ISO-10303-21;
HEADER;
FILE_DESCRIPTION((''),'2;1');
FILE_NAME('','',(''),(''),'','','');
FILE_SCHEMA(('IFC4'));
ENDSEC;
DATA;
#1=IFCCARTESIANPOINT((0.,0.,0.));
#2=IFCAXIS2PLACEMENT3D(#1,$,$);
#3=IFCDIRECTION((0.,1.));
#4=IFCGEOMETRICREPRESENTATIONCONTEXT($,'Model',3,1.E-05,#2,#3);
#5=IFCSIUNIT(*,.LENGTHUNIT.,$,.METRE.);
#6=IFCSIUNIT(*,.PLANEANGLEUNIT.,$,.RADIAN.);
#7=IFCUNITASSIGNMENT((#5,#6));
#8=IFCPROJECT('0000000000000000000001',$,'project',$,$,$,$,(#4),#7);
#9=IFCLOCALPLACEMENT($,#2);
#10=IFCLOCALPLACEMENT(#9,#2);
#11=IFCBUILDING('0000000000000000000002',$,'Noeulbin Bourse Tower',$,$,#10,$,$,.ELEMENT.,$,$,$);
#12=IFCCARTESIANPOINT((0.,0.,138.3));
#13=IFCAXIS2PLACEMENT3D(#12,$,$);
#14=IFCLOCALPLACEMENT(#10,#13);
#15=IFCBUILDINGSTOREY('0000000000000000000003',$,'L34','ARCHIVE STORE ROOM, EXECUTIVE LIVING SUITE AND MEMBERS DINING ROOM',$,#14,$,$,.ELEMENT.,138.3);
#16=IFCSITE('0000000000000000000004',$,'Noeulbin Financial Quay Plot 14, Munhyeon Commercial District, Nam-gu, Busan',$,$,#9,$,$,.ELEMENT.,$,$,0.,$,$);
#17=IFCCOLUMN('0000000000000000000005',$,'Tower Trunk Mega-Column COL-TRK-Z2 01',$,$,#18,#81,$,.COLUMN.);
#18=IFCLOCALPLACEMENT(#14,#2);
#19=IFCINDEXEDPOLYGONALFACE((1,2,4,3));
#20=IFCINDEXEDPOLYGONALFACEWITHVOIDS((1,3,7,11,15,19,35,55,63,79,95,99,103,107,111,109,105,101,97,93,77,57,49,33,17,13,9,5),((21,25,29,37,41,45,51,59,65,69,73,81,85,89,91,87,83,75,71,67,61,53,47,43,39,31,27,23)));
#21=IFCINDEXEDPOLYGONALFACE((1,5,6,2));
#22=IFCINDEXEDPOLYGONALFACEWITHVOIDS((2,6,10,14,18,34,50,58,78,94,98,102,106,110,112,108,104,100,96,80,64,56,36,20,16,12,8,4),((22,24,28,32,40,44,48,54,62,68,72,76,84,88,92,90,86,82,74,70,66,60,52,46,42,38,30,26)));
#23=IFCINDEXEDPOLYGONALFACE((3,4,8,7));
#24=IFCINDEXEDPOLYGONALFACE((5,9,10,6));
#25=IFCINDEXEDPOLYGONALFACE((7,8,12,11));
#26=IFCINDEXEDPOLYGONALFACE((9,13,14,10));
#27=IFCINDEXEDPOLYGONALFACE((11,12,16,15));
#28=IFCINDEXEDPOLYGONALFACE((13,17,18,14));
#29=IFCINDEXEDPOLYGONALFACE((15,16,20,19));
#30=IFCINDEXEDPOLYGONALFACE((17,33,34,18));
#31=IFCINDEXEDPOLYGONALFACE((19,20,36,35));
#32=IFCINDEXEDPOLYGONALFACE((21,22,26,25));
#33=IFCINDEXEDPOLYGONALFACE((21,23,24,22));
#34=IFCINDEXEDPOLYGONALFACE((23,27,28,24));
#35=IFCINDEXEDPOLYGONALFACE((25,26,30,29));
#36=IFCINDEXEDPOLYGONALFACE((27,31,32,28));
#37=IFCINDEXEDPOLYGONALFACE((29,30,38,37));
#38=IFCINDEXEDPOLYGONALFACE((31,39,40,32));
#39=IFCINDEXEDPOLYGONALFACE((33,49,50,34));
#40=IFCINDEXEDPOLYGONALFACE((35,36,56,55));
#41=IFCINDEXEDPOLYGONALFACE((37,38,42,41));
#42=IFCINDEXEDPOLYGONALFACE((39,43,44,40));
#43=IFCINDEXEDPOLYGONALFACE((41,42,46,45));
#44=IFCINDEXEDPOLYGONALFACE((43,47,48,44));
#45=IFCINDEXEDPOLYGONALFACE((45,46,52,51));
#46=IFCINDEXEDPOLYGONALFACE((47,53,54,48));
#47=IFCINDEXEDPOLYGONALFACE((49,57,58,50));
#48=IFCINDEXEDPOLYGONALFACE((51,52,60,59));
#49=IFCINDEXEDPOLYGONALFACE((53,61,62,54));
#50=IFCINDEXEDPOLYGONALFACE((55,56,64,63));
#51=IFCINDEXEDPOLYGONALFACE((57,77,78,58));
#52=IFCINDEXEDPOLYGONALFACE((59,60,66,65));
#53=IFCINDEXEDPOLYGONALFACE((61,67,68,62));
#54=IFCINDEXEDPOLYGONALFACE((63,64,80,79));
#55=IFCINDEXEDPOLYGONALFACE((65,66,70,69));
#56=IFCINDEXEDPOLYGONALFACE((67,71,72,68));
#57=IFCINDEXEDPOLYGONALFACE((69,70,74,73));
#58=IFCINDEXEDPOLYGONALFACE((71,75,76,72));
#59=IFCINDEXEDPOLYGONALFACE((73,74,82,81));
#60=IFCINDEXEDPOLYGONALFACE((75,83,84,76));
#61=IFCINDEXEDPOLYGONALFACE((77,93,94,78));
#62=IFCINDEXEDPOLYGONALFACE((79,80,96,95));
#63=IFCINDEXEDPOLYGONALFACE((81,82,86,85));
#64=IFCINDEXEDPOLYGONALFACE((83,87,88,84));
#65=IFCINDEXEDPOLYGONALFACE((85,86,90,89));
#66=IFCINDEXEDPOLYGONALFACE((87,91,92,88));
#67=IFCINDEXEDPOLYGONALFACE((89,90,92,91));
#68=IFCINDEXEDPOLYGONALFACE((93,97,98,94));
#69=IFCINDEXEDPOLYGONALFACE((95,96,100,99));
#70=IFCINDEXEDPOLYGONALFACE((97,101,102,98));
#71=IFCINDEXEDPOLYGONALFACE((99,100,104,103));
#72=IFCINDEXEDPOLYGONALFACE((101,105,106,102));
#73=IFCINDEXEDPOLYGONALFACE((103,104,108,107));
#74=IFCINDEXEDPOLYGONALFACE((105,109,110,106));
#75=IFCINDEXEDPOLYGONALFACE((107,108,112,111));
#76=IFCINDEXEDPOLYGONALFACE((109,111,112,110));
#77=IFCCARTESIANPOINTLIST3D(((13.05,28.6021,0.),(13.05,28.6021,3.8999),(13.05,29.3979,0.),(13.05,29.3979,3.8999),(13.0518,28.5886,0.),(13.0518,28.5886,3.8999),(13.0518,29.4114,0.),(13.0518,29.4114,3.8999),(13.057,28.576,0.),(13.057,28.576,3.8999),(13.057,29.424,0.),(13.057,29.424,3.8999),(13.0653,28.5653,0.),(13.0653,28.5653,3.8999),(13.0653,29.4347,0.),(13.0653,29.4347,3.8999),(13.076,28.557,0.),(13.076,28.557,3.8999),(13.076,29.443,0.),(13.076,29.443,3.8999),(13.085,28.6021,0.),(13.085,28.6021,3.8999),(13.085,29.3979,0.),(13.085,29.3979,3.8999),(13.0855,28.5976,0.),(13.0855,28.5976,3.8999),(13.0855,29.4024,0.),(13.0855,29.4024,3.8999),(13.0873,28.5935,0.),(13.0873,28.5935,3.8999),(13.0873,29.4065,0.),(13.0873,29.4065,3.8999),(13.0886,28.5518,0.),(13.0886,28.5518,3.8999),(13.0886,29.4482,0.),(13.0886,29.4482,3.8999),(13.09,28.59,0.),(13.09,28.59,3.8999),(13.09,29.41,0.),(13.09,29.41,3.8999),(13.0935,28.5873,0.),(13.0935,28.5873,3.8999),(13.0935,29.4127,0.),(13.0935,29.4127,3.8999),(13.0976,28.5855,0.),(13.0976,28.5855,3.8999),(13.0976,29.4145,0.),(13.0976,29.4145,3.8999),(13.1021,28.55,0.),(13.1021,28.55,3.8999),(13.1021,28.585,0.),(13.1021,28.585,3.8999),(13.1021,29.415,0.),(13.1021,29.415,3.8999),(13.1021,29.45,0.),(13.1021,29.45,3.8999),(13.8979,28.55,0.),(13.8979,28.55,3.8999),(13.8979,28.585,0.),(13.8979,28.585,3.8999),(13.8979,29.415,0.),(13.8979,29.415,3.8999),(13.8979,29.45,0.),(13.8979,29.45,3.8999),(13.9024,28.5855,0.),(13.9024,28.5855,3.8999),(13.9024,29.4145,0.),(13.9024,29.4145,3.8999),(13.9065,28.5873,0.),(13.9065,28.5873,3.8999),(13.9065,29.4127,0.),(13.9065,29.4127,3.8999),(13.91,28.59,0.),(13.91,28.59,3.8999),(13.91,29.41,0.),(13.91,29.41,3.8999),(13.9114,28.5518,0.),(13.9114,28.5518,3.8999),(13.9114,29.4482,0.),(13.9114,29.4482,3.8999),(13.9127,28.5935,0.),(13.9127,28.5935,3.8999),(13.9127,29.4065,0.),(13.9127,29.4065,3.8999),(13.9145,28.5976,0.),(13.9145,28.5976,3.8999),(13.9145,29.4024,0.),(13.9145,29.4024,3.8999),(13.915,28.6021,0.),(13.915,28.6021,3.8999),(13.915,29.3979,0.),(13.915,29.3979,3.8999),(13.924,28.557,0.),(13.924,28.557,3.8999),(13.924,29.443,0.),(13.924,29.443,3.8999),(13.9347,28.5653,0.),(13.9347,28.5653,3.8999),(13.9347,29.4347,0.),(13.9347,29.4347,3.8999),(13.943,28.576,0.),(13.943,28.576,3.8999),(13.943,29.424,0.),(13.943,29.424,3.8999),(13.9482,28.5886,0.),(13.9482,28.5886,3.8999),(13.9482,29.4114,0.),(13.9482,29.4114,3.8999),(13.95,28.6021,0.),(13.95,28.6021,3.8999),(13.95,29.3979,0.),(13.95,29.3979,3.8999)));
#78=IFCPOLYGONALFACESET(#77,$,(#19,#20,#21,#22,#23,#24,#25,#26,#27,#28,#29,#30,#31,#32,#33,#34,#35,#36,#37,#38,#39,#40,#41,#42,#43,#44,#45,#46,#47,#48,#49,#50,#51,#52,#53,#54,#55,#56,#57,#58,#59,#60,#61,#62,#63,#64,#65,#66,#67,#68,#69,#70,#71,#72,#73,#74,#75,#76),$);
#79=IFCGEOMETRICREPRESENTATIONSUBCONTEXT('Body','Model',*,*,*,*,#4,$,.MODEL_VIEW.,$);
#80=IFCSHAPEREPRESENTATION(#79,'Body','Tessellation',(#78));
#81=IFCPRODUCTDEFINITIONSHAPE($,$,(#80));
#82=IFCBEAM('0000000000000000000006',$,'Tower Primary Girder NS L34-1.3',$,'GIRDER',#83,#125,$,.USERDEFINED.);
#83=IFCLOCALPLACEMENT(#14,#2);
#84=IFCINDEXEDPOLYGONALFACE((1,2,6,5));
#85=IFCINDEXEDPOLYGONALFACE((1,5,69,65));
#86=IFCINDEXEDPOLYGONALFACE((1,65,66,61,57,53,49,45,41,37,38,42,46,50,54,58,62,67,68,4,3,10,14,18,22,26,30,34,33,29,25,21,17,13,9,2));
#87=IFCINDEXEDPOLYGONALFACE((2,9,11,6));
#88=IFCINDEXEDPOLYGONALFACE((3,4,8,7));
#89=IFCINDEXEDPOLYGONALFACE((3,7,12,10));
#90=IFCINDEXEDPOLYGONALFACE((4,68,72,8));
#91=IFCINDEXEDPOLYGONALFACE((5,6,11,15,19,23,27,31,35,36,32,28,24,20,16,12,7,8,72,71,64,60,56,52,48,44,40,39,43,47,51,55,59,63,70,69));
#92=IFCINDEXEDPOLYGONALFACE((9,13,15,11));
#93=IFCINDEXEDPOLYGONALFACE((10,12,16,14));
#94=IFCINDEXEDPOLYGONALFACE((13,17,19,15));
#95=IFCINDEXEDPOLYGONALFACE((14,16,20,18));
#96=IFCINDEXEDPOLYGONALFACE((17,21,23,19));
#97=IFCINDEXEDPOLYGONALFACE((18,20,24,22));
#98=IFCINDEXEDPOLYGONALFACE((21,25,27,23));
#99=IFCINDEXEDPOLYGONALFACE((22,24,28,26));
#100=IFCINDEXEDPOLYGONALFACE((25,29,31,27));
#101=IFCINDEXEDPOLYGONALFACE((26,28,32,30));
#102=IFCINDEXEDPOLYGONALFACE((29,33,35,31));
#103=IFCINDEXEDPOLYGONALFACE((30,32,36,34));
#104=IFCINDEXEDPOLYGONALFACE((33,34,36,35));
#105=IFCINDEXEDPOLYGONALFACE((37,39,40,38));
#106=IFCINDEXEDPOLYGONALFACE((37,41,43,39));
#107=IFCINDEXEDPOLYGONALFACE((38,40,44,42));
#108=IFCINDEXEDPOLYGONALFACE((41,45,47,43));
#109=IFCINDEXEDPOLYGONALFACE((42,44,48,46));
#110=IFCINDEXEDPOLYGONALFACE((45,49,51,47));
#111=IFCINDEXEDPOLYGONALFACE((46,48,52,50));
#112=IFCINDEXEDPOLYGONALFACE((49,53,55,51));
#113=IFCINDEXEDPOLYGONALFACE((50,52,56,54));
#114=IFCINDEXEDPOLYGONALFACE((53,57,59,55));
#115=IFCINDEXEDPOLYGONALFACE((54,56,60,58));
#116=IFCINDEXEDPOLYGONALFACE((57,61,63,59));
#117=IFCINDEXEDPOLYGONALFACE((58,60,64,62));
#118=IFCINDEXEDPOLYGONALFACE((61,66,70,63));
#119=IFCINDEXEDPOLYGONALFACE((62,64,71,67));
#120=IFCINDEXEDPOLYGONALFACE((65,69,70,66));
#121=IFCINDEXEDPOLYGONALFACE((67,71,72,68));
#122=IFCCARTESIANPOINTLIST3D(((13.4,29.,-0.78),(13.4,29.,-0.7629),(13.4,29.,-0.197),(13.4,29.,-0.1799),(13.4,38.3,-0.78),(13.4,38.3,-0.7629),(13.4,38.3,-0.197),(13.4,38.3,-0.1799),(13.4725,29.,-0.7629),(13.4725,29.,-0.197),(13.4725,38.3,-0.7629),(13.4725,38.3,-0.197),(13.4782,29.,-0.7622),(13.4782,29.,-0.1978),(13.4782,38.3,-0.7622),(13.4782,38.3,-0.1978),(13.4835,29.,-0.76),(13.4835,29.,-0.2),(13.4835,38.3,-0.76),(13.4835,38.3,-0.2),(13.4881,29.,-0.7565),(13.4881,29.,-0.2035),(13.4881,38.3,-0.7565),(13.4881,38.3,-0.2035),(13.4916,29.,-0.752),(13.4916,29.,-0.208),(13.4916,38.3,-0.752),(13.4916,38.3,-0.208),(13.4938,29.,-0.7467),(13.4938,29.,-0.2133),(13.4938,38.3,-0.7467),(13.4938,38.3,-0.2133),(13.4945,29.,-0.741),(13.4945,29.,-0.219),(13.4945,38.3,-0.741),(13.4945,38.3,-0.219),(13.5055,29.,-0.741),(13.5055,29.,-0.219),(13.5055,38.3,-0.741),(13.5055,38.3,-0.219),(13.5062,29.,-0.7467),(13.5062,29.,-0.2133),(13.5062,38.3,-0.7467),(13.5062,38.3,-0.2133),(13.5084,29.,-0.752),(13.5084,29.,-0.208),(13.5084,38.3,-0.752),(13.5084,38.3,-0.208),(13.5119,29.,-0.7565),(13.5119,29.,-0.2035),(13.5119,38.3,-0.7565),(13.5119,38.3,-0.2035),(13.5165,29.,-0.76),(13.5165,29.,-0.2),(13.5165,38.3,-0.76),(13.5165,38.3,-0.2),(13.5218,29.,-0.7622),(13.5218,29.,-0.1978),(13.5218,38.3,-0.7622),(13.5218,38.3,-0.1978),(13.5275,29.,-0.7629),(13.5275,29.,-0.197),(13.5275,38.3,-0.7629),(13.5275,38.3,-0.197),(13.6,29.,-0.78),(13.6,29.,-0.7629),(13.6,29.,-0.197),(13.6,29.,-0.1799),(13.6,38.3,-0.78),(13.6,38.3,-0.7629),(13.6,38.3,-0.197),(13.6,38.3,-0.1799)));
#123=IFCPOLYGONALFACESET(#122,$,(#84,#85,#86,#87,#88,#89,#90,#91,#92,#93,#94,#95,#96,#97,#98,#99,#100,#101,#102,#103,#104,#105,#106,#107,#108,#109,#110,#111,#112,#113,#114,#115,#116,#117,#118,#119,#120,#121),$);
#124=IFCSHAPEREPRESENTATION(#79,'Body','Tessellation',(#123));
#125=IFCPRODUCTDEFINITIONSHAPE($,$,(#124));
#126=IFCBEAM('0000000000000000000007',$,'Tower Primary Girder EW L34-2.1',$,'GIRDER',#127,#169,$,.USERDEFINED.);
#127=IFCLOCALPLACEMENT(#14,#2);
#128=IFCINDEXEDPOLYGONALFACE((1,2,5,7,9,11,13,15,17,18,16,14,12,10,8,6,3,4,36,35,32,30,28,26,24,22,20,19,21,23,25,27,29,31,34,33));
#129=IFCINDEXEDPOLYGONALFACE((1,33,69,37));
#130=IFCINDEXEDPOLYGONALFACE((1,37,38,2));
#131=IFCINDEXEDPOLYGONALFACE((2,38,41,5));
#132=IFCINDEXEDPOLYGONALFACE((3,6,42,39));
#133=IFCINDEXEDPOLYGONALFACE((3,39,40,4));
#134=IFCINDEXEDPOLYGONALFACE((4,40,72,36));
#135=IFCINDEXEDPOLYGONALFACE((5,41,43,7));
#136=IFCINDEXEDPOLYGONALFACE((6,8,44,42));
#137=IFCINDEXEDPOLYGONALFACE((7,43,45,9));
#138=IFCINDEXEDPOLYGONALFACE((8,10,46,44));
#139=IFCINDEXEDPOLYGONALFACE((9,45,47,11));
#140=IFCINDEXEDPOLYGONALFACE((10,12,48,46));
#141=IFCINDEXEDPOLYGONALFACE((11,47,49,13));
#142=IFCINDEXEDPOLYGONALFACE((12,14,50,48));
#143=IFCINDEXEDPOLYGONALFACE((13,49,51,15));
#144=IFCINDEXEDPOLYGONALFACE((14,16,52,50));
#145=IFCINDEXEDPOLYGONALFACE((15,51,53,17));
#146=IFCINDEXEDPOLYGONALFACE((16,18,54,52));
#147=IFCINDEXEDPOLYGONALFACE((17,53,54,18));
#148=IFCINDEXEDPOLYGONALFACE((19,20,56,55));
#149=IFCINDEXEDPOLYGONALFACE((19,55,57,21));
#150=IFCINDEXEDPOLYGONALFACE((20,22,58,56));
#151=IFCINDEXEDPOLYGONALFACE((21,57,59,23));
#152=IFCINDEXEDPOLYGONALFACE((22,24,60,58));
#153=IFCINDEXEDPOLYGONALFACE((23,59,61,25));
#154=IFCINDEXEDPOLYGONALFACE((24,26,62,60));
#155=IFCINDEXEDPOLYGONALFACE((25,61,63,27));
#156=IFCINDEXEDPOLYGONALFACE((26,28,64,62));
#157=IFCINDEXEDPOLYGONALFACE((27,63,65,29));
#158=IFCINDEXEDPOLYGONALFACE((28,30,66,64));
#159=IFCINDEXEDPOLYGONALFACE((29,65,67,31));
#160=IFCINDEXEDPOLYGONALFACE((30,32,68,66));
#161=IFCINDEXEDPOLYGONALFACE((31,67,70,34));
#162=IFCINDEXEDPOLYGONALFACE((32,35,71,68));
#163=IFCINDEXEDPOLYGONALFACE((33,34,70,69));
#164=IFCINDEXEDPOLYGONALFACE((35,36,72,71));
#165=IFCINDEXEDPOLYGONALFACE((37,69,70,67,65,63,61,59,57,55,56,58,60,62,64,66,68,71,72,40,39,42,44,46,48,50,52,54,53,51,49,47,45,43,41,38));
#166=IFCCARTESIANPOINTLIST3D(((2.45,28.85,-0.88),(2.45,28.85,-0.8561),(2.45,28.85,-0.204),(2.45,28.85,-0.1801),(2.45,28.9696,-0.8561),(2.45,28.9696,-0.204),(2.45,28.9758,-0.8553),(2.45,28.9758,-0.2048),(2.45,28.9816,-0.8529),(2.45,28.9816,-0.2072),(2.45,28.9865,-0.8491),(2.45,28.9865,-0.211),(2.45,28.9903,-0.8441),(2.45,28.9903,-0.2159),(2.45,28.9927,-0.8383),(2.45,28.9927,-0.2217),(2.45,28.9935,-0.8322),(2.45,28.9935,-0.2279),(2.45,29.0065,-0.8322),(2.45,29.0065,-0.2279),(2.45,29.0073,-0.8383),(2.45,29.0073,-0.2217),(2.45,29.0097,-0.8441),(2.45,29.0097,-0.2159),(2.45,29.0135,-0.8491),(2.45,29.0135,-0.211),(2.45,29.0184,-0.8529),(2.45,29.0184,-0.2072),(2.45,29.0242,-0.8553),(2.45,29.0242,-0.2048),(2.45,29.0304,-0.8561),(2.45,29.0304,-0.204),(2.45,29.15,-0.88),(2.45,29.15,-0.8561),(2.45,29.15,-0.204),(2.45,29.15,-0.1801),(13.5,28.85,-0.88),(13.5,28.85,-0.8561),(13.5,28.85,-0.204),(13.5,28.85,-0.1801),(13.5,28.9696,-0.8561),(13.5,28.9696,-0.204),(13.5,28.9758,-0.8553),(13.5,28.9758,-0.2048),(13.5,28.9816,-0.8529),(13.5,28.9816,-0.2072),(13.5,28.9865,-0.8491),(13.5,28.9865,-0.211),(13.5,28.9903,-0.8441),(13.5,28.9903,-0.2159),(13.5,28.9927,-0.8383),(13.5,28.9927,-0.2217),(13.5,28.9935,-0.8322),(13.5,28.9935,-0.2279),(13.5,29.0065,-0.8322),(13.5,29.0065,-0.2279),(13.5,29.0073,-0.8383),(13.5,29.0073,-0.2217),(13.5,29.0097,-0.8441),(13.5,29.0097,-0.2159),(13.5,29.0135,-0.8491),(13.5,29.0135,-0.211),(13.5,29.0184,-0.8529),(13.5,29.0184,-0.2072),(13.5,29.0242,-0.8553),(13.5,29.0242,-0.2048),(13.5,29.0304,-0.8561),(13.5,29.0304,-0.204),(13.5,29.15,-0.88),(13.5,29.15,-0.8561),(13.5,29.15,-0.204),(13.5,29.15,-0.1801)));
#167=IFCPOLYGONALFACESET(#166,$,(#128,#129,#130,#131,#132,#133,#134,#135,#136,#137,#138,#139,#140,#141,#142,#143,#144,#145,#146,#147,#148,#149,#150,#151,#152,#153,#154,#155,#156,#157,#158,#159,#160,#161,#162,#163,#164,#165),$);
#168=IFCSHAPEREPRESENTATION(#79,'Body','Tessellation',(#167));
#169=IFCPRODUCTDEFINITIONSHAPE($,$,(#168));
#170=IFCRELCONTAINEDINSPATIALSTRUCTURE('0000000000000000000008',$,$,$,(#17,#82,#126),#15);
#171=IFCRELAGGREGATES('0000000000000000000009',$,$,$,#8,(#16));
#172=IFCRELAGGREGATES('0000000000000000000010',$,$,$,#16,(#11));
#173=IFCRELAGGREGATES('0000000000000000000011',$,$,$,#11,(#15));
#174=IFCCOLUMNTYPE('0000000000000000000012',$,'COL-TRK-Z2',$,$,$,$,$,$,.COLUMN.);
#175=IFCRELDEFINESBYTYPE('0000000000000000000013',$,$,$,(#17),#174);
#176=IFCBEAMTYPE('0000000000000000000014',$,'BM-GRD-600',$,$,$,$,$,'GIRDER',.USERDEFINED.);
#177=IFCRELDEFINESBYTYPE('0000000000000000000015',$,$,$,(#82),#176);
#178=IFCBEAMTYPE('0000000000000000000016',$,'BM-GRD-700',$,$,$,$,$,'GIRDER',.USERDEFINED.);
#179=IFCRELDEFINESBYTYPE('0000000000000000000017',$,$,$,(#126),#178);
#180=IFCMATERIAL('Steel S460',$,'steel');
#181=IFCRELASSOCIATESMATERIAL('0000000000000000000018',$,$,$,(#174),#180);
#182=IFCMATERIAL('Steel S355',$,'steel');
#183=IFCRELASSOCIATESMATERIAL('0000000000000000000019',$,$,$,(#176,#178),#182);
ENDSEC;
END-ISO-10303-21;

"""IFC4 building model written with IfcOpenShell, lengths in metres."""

from ifc_helpers import new_model, si_unit, direction, frame, origin, origin_2d, place, context, subcontext, project, spatial, hollow_rectangle, i_section, extrude, material, material_profile, profile_set, type_object, element, save


model = new_model("IFC4")

# Units and contexts
model_context = context("Model", 3, precision=1e-05, world=origin(), true_north=direction((0.0, 1.0)))
body_context = subcontext(model_context, "Body", "Model", "MODEL_VIEW")
ifc_project = project(units=[si_unit("LENGTHUNIT", "METRE"), si_unit("PLANEANGLEUNIT", "RADIAN")], contexts=[model_context])

# Site, building, storey
site_placement = place(None, origin())
site = spatial("IfcSite", under=ifc_project, at=site_placement, Name="Noeulbin Financial Quay Plot 14, Munhyeon Commercial District, Nam-gu, Busan", CompositionType="ELEMENT", RefElevation=0.0)
building_placement = place(site_placement, origin())
building = spatial("IfcBuilding", under=site, at=building_placement, Name="Noeulbin Bourse Tower", CompositionType="ELEMENT")
storey_placement = place(building_placement, frame((0.0, 0.0, 138.3)))
storey = spatial("IfcBuildingStorey", under=building, at=storey_placement, Name="L34", Description="ARCHIVE STORE ROOM, EXECUTIVE LIVING SUITE AND MEMBERS DINING ROOM", CompositionType="ELEMENT", Elevation=138.3)

# Column
ifc_material_1 = material(Name="Steel S460", Category="steel")
ifc_material_profile_1 = material_profile(ifc_material_1, hollow_rectangle(XDim=0.8999, YDim=0.8999, WallThickness=0.0349, InnerFilletRadius=0.0171, OuterFilletRadius=0.052, at=origin_2d()), Name="BOX-900x900x35", Category="LoadBearing")
ifc_profile_set_1 = profile_set([ifc_material_profile_1], Name="Steel S460")
column_type = type_object("IfcColumnType", Name="COL-TRK-Z2", PredefinedType="COLUMN", material=ifc_profile_set_1)
column_placement = place(storey_placement, frame((13.5, 29.0, 0.0), z_axis=(0.0, 0.0, 1.0), x_axis=(1.0, 0.0, 0.0)))
element("IfcColumn", 1, at=column_placement, inside=storey, type_object=column_type, Name="Tower Trunk Mega-Column COL-TRK-Z2 01", PredefinedType="COLUMN", context=body_context, shape_type="SweptSolid", body=[
    extrude(hollow_rectangle(XDim=0.8999, YDim=0.8999, WallThickness=0.0349, InnerFilletRadius=0.0171, OuterFilletRadius=0.052, at=origin_2d()), origin(), (0.0, 0.0, 1.0), 3.8999),
])

# Beams
ifc_material_2 = material(Name="Steel S355", Category="steel")
ifc_material_profile_2 = material_profile(ifc_material_2, i_section(OverallWidth=0.2, OverallDepth=0.6001, WebThickness=0.011, FlangeThickness=0.0171, FilletRadius=0.022, at=origin_2d()), Name="H-600x200x11x17", Category="LoadBearing")
ifc_profile_set_2 = profile_set([ifc_material_profile_2], Name="Steel S355")
beam_type_1 = type_object("IfcBeamType", Name="BM-GRD-600", ElementType="GIRDER", PredefinedType="USERDEFINED", material=ifc_profile_set_2)
beam_1_placement = place(storey_placement, frame((13.5, 29.0, -0.48), z_axis=(0.0, 1.0, 0.0), x_axis=(-1.0, 0.0, 0.0)))
element("IfcBeam", 2, at=beam_1_placement, inside=storey, type_object=beam_type_1, Name="Tower Primary Girder NS L34-1.3", ObjectType="GIRDER", PredefinedType="USERDEFINED", context=body_context, shape_type="SweptSolid", body=[
    extrude(i_section(OverallWidth=0.2, OverallDepth=0.6001, WebThickness=0.011, FlangeThickness=0.0171, FilletRadius=0.022, at=origin_2d()), origin(), (0.0, 0.0, 1.0), 9.3),
])
ifc_material_profile_3 = material_profile(ifc_material_2, i_section(OverallWidth=0.3, OverallDepth=0.7, WebThickness=0.0129, FlangeThickness=0.0239, FilletRadius=0.0239, at=origin_2d()), Name="H-700x300x13x24", Category="LoadBearing")
ifc_profile_set_3 = profile_set([ifc_material_profile_3], Name="Steel S355")
beam_type_2 = type_object("IfcBeamType", Name="BM-GRD-700", ElementType="GIRDER", PredefinedType="USERDEFINED", material=ifc_profile_set_3)
beam_2_placement = place(storey_placement, frame((2.45, 29.0, -0.53), z_axis=(1.0, 0.0, 0.0), x_axis=(0.0, 1.0, 0.0)))
element("IfcBeam", 3, at=beam_2_placement, inside=storey, type_object=beam_type_2, Name="Tower Primary Girder EW L34-2.1", ObjectType="GIRDER", PredefinedType="USERDEFINED", context=body_context, shape_type="SweptSolid", body=[
    extrude(i_section(OverallWidth=0.3, OverallDepth=0.7, WebThickness=0.0129, FlangeThickness=0.0239, FilletRadius=0.0239, at=origin_2d()), origin(), (0.0, 0.0, 1.0), 11.05),
])

save(model, "model.ifc")
